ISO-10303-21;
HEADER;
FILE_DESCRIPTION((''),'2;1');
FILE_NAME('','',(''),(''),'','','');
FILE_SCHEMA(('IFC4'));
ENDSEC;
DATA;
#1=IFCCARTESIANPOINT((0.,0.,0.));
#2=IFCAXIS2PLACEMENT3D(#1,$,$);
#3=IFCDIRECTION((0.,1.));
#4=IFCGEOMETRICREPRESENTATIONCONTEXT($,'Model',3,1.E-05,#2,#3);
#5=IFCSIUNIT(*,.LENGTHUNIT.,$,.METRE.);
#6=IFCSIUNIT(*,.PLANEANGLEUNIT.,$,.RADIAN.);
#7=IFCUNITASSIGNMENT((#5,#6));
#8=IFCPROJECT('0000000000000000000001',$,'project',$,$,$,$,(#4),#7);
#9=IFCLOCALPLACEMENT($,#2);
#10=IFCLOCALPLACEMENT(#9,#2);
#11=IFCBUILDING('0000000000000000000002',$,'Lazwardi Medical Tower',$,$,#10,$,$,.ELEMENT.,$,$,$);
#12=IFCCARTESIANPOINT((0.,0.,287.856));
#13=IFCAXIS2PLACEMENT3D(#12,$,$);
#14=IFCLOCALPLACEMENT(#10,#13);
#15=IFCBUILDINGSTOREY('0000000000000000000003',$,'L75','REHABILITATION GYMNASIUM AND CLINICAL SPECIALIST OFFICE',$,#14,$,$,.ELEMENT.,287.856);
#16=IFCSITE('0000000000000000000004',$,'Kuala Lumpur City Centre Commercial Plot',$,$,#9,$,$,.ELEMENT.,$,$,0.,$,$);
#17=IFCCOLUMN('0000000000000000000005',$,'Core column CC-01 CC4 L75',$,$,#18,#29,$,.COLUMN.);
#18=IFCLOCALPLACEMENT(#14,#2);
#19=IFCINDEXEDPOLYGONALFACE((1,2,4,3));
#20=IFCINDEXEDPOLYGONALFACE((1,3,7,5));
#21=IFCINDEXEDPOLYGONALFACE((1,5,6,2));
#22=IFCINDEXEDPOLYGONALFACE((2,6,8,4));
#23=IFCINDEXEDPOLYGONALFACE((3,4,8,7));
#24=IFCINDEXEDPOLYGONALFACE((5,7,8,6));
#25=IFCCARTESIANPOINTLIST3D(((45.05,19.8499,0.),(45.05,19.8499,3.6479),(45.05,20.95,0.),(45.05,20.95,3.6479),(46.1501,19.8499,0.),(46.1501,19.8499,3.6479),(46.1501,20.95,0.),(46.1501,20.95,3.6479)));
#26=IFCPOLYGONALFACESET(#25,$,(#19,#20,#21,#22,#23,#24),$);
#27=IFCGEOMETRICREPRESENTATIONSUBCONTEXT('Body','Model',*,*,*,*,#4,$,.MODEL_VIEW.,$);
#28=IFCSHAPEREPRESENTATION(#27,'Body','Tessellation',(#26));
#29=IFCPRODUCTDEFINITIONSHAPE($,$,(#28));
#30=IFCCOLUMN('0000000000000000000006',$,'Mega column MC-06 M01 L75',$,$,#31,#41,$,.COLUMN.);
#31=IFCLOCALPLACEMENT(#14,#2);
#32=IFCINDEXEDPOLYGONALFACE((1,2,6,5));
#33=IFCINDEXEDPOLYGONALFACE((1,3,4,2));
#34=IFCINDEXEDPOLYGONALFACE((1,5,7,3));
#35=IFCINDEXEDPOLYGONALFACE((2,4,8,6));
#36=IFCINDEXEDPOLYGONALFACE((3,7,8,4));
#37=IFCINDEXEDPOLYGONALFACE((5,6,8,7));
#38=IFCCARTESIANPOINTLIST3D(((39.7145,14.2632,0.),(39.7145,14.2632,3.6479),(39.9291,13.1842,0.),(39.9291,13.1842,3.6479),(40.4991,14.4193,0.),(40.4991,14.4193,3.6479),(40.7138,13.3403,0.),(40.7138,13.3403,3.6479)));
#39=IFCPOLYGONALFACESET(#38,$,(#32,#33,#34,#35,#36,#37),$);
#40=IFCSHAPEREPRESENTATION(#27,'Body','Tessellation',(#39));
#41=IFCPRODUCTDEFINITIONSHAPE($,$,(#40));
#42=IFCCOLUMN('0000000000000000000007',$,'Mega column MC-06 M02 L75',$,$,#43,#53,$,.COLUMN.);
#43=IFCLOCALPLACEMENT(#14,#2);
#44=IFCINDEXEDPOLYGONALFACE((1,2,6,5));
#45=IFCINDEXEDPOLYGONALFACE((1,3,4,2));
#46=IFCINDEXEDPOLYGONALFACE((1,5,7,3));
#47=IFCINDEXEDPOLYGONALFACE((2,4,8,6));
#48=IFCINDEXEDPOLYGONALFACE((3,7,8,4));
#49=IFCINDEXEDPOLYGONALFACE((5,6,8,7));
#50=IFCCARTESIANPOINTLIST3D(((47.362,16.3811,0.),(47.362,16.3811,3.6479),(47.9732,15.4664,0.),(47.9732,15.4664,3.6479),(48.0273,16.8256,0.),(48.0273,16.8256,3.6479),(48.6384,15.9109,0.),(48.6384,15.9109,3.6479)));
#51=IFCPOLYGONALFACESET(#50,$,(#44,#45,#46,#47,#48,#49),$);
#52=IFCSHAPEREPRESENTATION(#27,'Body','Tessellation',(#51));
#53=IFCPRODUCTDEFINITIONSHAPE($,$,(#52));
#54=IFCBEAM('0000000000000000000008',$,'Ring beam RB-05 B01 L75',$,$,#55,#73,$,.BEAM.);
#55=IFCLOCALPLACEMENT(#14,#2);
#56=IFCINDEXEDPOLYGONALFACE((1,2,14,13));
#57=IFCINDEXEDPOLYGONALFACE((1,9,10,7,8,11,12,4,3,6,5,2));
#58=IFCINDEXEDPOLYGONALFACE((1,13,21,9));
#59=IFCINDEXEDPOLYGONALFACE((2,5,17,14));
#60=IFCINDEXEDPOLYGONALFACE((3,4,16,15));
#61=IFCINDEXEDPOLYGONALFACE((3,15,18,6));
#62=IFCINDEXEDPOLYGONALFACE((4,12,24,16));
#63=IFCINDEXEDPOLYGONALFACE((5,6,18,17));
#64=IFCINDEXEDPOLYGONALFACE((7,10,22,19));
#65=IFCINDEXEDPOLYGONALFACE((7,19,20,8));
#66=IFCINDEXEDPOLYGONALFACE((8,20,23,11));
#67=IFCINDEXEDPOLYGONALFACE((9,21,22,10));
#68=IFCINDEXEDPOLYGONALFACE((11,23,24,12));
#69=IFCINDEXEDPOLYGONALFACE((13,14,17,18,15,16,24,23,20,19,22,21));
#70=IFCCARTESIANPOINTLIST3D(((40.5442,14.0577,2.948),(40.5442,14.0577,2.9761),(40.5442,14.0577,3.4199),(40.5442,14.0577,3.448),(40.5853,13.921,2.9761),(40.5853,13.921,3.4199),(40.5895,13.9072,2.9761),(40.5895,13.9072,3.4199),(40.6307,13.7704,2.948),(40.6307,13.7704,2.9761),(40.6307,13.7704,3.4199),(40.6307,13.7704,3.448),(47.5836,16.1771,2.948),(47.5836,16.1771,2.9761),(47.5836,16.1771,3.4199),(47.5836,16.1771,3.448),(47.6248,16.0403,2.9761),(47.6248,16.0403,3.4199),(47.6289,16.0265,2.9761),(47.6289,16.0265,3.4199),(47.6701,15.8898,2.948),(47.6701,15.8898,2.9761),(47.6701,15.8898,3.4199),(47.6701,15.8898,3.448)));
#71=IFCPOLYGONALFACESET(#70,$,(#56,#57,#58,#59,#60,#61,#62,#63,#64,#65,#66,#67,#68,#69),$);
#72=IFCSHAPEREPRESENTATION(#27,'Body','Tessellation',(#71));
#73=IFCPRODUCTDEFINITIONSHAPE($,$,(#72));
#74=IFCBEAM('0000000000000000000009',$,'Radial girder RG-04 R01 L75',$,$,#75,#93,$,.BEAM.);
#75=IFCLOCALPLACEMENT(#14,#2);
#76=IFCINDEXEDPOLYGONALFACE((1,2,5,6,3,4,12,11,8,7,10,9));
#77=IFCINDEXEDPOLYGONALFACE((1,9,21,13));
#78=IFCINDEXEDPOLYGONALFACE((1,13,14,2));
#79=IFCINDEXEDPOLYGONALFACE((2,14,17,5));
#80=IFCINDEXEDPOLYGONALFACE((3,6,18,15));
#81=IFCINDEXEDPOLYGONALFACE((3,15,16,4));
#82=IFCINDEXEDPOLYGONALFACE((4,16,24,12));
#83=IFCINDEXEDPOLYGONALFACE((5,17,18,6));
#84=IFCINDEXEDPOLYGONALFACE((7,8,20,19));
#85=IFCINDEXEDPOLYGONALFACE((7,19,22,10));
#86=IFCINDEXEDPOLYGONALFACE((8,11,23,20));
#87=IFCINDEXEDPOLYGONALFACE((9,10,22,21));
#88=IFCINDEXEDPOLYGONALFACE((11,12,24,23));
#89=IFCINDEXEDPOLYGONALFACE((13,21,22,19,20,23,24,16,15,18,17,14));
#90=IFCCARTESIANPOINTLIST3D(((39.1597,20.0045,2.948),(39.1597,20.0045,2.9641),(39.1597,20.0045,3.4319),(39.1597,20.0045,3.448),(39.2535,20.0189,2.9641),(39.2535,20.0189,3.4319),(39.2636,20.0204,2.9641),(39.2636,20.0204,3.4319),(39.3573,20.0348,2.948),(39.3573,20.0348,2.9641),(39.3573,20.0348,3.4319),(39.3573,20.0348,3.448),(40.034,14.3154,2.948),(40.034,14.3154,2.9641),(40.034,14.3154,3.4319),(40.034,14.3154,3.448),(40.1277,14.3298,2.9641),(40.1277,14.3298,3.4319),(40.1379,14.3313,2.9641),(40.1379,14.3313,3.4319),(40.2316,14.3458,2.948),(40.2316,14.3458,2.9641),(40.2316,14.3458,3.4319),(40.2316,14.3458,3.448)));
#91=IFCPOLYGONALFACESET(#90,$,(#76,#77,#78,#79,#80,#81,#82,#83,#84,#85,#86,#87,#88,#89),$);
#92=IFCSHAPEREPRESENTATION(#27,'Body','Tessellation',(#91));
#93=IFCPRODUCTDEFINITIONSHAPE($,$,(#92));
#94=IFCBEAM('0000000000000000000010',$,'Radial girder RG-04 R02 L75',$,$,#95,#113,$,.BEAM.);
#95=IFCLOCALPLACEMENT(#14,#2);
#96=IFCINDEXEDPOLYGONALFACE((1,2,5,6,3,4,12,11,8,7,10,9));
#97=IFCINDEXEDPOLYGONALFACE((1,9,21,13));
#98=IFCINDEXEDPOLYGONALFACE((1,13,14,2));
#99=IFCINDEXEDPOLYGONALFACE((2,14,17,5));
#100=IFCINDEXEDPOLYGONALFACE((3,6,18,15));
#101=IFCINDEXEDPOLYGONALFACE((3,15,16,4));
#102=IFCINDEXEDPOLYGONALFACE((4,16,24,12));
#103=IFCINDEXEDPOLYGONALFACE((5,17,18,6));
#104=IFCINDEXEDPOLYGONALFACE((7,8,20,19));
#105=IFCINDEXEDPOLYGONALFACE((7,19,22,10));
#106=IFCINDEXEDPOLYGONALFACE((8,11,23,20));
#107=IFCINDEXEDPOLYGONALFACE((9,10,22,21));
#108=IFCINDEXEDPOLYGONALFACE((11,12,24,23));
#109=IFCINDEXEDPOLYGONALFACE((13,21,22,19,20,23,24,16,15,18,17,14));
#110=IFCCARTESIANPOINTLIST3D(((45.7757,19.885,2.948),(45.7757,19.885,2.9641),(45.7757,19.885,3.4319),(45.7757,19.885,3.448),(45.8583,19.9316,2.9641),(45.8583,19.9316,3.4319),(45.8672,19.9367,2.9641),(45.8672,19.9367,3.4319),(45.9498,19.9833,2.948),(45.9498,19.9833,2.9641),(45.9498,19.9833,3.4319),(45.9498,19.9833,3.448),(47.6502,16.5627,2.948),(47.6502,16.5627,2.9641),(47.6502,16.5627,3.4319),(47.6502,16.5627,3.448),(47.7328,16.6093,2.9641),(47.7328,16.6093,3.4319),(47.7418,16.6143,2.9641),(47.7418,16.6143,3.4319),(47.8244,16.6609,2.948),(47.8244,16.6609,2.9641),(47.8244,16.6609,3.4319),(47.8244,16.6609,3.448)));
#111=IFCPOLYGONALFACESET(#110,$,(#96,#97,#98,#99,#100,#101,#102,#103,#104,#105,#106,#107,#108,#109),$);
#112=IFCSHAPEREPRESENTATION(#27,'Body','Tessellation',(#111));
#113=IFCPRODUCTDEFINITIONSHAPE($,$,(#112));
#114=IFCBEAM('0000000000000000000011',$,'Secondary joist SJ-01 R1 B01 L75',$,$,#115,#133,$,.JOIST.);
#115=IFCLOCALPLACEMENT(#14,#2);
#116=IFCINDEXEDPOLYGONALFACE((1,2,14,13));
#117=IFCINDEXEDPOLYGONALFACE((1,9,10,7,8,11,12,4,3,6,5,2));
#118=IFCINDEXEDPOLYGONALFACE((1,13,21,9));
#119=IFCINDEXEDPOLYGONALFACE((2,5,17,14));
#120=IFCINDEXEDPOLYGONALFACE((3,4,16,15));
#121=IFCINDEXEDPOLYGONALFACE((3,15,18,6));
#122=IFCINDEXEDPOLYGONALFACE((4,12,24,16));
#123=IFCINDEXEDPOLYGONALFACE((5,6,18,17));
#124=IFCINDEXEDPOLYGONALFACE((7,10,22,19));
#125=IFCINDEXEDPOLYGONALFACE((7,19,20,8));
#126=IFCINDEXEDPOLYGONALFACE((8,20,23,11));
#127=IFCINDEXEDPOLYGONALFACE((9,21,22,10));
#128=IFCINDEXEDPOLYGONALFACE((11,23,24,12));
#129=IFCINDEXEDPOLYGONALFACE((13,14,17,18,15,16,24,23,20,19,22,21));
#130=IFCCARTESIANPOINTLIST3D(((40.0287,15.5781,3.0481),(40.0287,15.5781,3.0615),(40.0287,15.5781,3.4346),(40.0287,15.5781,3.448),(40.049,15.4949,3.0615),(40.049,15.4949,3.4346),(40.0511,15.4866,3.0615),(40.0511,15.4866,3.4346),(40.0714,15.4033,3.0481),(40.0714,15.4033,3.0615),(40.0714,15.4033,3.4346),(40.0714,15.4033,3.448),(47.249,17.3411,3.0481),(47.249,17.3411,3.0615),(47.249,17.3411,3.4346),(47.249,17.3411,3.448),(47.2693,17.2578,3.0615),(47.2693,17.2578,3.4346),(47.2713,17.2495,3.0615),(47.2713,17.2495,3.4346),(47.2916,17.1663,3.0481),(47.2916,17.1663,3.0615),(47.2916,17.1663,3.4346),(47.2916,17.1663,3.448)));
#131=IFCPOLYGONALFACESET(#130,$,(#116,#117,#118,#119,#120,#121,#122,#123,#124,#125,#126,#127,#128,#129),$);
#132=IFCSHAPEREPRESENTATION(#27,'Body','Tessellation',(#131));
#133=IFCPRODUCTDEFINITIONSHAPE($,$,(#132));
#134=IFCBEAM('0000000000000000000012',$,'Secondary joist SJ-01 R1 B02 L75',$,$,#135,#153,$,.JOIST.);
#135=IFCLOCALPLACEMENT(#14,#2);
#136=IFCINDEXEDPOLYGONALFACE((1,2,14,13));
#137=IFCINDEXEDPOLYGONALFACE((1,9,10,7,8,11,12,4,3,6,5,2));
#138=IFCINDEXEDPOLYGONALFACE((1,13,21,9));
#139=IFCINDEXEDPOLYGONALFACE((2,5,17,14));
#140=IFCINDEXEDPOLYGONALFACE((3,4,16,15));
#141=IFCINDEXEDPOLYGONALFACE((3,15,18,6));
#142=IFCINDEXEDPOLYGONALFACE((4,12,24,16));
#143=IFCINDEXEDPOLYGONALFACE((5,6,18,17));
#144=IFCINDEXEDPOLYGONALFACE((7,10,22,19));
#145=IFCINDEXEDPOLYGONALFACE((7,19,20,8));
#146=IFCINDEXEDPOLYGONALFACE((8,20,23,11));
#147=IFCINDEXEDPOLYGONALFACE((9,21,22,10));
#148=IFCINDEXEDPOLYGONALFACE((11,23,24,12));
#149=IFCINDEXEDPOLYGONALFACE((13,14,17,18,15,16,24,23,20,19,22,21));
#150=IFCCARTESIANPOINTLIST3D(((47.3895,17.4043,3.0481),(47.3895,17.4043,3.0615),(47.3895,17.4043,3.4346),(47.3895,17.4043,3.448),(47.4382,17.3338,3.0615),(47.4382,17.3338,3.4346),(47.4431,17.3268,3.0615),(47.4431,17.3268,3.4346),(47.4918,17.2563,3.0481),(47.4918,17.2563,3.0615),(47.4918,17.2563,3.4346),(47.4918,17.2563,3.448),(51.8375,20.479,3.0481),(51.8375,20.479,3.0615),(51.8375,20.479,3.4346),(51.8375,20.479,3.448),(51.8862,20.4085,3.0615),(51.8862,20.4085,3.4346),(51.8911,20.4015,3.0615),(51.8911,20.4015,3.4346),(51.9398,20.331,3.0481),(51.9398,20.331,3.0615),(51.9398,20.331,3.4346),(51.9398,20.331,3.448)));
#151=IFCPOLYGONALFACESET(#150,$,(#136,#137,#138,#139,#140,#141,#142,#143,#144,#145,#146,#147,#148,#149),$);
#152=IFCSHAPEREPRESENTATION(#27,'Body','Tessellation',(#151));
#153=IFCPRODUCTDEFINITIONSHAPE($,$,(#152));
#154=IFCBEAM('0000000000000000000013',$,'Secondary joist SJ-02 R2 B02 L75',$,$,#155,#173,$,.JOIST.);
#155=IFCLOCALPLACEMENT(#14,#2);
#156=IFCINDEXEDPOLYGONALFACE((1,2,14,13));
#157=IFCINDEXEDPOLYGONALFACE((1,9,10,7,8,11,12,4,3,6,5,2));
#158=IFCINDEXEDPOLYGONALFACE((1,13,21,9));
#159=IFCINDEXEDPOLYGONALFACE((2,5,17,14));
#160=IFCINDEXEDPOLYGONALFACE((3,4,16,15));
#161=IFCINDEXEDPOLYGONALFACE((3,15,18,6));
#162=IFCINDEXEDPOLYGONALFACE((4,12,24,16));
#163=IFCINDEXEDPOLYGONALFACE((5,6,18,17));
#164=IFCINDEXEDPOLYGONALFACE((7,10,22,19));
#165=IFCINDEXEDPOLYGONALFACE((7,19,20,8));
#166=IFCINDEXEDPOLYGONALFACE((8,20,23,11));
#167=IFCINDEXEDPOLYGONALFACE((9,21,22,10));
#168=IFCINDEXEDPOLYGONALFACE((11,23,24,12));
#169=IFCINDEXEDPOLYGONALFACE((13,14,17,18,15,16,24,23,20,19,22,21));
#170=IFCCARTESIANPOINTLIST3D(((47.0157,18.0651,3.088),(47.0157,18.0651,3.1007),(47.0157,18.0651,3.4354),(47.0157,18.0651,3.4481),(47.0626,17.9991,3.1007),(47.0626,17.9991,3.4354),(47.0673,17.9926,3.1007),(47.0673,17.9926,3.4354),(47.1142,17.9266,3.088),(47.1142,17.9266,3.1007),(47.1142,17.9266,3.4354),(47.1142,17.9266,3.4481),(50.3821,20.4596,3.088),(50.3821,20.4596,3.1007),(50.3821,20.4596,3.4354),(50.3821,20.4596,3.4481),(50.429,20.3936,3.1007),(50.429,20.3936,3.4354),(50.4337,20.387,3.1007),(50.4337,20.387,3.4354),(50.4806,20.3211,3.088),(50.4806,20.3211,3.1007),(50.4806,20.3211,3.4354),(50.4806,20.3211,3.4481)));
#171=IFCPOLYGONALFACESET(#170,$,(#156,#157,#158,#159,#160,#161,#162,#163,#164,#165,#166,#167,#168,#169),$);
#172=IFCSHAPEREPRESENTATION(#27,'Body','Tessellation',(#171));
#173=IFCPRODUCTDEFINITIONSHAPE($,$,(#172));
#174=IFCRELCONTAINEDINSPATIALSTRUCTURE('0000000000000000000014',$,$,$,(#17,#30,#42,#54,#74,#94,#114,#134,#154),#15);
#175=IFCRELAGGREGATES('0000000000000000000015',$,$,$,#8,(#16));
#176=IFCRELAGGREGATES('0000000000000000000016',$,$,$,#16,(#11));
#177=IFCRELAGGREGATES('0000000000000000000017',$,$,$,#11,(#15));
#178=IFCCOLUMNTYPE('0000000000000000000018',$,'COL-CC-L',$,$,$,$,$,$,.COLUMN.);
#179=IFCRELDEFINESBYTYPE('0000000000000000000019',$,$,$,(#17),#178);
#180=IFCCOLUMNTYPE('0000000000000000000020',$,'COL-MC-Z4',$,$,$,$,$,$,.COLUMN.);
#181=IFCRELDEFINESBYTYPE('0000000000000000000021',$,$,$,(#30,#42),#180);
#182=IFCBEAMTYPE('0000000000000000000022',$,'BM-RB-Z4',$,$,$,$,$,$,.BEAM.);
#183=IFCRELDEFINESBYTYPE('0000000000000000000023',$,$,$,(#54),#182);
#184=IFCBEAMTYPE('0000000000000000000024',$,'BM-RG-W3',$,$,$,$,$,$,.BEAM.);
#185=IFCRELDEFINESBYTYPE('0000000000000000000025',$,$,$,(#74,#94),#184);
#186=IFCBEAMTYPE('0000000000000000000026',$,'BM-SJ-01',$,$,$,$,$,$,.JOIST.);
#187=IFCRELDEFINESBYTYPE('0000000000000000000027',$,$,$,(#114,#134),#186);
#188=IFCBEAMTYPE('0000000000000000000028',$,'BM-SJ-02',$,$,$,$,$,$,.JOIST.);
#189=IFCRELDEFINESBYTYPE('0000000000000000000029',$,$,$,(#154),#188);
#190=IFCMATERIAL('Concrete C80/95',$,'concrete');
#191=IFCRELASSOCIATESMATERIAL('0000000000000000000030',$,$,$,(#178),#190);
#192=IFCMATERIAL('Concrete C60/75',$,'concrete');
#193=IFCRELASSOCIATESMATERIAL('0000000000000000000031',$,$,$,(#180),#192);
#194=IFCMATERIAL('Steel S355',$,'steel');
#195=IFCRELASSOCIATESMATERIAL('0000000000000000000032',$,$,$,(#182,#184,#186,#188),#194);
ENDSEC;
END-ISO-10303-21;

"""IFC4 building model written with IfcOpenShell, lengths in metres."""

from ifc_helpers import new_model, si_unit, direction, frame, origin, origin_2d, place, context, subcontext, project, spatial, rectangle, i_section, extrude, material, material_profile, profile_set, type_object, element, save


model = new_model("IFC4")

# Units and contexts
model_context = context("Model", 3, precision=1e-05, world=origin(), true_north=direction((0.0, 1.0)))
body_context = subcontext(model_context, "Body", "Model", "MODEL_VIEW")
ifc_project = project(units=[si_unit("LENGTHUNIT", "METRE"), si_unit("PLANEANGLEUNIT", "RADIAN")], contexts=[model_context])

# Site, building, storey
site_placement = place(None, origin())
site = spatial("IfcSite", under=ifc_project, at=site_placement, Name="Kuala Lumpur City Centre Commercial Plot", CompositionType="ELEMENT", RefElevation=0.0)
building_placement = place(site_placement, origin())
building = spatial("IfcBuilding", under=site, at=building_placement, Name="Lazwardi Medical Tower", CompositionType="ELEMENT")
storey_placement = place(building_placement, frame((0.0, 0.0, 287.856)))
storey = spatial("IfcBuildingStorey", under=building, at=storey_placement, Name="L75", Description="REHABILITATION GYMNASIUM AND CLINICAL SPECIALIST OFFICE", CompositionType="ELEMENT", Elevation=287.856)

# Columns
ifc_material_1 = material(Name="Concrete C80/95", Category="concrete")
ifc_material_profile_1 = material_profile(ifc_material_1, rectangle(XDim=1.1001, YDim=1.1001, at=origin_2d()), Name="RC 1100x1100")
ifc_profile_set_1 = profile_set([ifc_material_profile_1], Name="Concrete C80/95")
column_type_1 = type_object("IfcColumnType", Name="COL-CC-L", PredefinedType="COLUMN", material=ifc_profile_set_1)
column_placement = place(storey_placement, frame((45.6001, 20.3999, 0.0), z_axis=(0.0, 0.0, 1.0), x_axis=(1.0, 0.0, 0.0)))
element("IfcColumn", 1, at=column_placement, inside=storey, type_object=column_type_1, Name="Core column CC-01 CC4 L75", PredefinedType="COLUMN", context=body_context, shape_type="SweptSolid", body=[
    extrude(rectangle(XDim=1.1001, YDim=1.1001, at=origin_2d()), origin(), (0.0, 0.0, 1.0), 3.6479),
])
ifc_material_2 = material(Name="Concrete C60/75", Category="concrete")
ifc_material_profile_2 = material_profile(ifc_material_2, rectangle(XDim=1.1001, YDim=0.8, at=origin_2d()), Name="CFT-RECT 1100x800")
ifc_profile_set_2 = profile_set([ifc_material_profile_2], Name="Concrete C60/75")
column_type_2 = type_object("IfcColumnType", Name="COL-MC-Z4", PredefinedType="COLUMN", material=ifc_profile_set_2)
for number, where, z_axis, x_axis, name in (
    (2, (40.2141, 13.8018, 0.0), (0.0, 0.0, 1.0), (0.19509, -0.980785, 0.0), "Mega column MC-06 M01 L75"),
    (3, (48.0002, 16.146, 0.0), (0.0, 0.0, 1.0), (0.55557, -0.83147, 0.0), "Mega column MC-06 M02 L75"),
):
    element("IfcColumn", number, at=place(storey_placement, frame(where, z_axis=z_axis, x_axis=x_axis)), inside=storey, type_object=column_type_2, Name=name, PredefinedType="COLUMN", context=body_context, shape_type="SweptSolid", body=[
        extrude(rectangle(XDim=1.1001, YDim=0.8, at=origin_2d()), origin(), (0.0, 0.0, 1.0), 3.6479),
    ])

# Beams
ifc_material_3 = material(Name="Steel S355", Category="steel")
ifc_material_profile_3 = material_profile(ifc_material_3, i_section(OverallWidth=0.3, OverallDepth=0.5, WebThickness=0.0144, FlangeThickness=0.0281, at=origin_2d()), Name="HEB 500")
ifc_profile_set_3 = profile_set([ifc_material_profile_3], Name="Steel S355")
beam_type_1 = type_object("IfcBeamType", Name="BM-RB-Z4", PredefinedType="BEAM", material=ifc_profile_set_3)
beam_1_placement = place(storey_placement, frame((40.5874, 13.9141, 3.198), z_axis=(0.957544, 0.288286, 0.0), x_axis=(-0.288286, 0.957544, 0.0)))
element("IfcBeam", 4, at=beam_1_placement, inside=storey, type_object=beam_type_1, Name="Ring beam RB-05 B01 L75", PredefinedType="BEAM", context=body_context, shape_type="SweptSolid", body=[
    extrude(i_section(OverallWidth=0.3, OverallDepth=0.5, WebThickness=0.0144, FlangeThickness=0.0281, at=origin_2d()), origin(), (0.0, 0.0, 1.0), 7.3516),
])
ifc_material_profile_4 = material_profile(ifc_material_3, i_section(OverallWidth=0.2, OverallDepth=0.5, WebThickness=0.0103, FlangeThickness=0.0161, at=origin_2d()), Name="IPE 500")
ifc_profile_set_4 = profile_set([ifc_material_profile_4], Name="Steel S355")
beam_type_2 = type_object("IfcBeamType", Name="BM-RG-W3", PredefinedType="BEAM", material=ifc_profile_set_4)
beam_2_placement = place(storey_placement, frame((40.1328, 14.3306, 3.198), z_axis=(-0.151895, 0.988397, 0.0), x_axis=(-0.988397, -0.151895, 0.0)))
element("IfcBeam", 5, at=beam_2_placement, inside=storey, type_object=beam_type_2, Name="Radial girder RG-04 R01 L75", PredefinedType="BEAM", context=body_context, shape_type="SweptSolid", body=[
    extrude(i_section(OverallWidth=0.2, OverallDepth=0.5, WebThickness=0.0103, FlangeThickness=0.0161, at=origin_2d()), origin(), (0.0, 0.0, 1.0), 5.7559),
])
beam_3_placement = place(storey_placement, frame((47.7373, 16.6118, 3.198), z_axis=(-0.491403, 0.870932, 0.0), x_axis=(-0.870932, -0.491403, 0.0)))
element("IfcBeam", 6, at=beam_3_placement, inside=storey, type_object=beam_type_2, Name="Radial girder RG-04 R02 L75", PredefinedType="BEAM", context=body_context, shape_type="SweptSolid", body=[
    extrude(i_section(OverallWidth=0.2, OverallDepth=0.5, WebThickness=0.0103, FlangeThickness=0.0161, at=origin_2d()), origin(), (0.0, 0.0, 1.0), 3.8147),
])
ifc_material_profile_5 = material_profile(ifc_material_3, i_section(OverallWidth=0.1799, OverallDepth=0.3999, WebThickness=0.0085, FlangeThickness=0.0134, at=origin_2d()), Name="IPE 400")
ifc_profile_set_5 = profile_set([ifc_material_profile_5], Name="Steel S355")
beam_type_3 = type_object("IfcBeamType", Name="BM-SJ-01", PredefinedType="JOIST", material=ifc_profile_set_5)
beam_4_placement = place(storey_placement, frame((40.05, 15.4907, 3.248), z_axis=(0.971461, 0.237199, 0.0), x_axis=(-0.237199, 0.971461, 0.0)))
element("IfcBeam", 7, at=beam_4_placement, inside=storey, type_object=beam_type_3, Name="Secondary joist SJ-01 R1 B01 L75", PredefinedType="JOIST", context=body_context, shape_type="SweptSolid", body=[
    extrude(i_section(OverallWidth=0.1799, OverallDepth=0.3999, WebThickness=0.0085, FlangeThickness=0.0134, at=origin_2d()), origin(), (0.0, 0.0, 1.0), 7.4324),
])
beam_5_placement = place(storey_placement, frame((47.4407, 17.3303, 3.248), z_axis=(0.822597, 0.568625, 0.0), x_axis=(-0.568625, 0.822597, 0.0)))
element("IfcBeam", 8, at=beam_5_placement, inside=storey, type_object=beam_type_3, Name="Secondary joist SJ-01 R1 B02 L75", PredefinedType="JOIST", context=body_context, shape_type="SweptSolid", body=[
    extrude(i_section(OverallWidth=0.1799, OverallDepth=0.3999, WebThickness=0.0085, FlangeThickness=0.0134, at=origin_2d()), origin(), (0.0, 0.0, 1.0), 5.4072),
])
ifc_material_profile_6 = material_profile(ifc_material_3, i_section(OverallWidth=0.1699, OverallDepth=0.3601, WebThickness=0.0081, FlangeThickness=0.0127, at=origin_2d()), Name="IPE 360")
ifc_profile_set_6 = profile_set([ifc_material_profile_6], Name="Steel S355")
beam_type_4 = type_object("IfcBeamType", Name="BM-SJ-02", PredefinedType="JOIST", material=ifc_profile_set_6)
beam_6_placement = place(storey_placement, frame((47.0649, 17.9958, 3.2681), z_axis=(0.814886, 0.579621, 0.0), x_axis=(-0.579621, 0.814886, 0.0)))
element("IfcBeam", 9, at=beam_6_placement, inside=storey, type_object=beam_type_4, Name="Secondary joist SJ-02 R2 B02 L75", PredefinedType="JOIST", context=body_context, shape_type="SweptSolid", body=[
    extrude(i_section(OverallWidth=0.1699, OverallDepth=0.3601, WebThickness=0.0081, FlangeThickness=0.0127, at=origin_2d()), origin(), (0.0, 0.0, 1.0), 4.1311),
])

save(model, "model.ifc")
